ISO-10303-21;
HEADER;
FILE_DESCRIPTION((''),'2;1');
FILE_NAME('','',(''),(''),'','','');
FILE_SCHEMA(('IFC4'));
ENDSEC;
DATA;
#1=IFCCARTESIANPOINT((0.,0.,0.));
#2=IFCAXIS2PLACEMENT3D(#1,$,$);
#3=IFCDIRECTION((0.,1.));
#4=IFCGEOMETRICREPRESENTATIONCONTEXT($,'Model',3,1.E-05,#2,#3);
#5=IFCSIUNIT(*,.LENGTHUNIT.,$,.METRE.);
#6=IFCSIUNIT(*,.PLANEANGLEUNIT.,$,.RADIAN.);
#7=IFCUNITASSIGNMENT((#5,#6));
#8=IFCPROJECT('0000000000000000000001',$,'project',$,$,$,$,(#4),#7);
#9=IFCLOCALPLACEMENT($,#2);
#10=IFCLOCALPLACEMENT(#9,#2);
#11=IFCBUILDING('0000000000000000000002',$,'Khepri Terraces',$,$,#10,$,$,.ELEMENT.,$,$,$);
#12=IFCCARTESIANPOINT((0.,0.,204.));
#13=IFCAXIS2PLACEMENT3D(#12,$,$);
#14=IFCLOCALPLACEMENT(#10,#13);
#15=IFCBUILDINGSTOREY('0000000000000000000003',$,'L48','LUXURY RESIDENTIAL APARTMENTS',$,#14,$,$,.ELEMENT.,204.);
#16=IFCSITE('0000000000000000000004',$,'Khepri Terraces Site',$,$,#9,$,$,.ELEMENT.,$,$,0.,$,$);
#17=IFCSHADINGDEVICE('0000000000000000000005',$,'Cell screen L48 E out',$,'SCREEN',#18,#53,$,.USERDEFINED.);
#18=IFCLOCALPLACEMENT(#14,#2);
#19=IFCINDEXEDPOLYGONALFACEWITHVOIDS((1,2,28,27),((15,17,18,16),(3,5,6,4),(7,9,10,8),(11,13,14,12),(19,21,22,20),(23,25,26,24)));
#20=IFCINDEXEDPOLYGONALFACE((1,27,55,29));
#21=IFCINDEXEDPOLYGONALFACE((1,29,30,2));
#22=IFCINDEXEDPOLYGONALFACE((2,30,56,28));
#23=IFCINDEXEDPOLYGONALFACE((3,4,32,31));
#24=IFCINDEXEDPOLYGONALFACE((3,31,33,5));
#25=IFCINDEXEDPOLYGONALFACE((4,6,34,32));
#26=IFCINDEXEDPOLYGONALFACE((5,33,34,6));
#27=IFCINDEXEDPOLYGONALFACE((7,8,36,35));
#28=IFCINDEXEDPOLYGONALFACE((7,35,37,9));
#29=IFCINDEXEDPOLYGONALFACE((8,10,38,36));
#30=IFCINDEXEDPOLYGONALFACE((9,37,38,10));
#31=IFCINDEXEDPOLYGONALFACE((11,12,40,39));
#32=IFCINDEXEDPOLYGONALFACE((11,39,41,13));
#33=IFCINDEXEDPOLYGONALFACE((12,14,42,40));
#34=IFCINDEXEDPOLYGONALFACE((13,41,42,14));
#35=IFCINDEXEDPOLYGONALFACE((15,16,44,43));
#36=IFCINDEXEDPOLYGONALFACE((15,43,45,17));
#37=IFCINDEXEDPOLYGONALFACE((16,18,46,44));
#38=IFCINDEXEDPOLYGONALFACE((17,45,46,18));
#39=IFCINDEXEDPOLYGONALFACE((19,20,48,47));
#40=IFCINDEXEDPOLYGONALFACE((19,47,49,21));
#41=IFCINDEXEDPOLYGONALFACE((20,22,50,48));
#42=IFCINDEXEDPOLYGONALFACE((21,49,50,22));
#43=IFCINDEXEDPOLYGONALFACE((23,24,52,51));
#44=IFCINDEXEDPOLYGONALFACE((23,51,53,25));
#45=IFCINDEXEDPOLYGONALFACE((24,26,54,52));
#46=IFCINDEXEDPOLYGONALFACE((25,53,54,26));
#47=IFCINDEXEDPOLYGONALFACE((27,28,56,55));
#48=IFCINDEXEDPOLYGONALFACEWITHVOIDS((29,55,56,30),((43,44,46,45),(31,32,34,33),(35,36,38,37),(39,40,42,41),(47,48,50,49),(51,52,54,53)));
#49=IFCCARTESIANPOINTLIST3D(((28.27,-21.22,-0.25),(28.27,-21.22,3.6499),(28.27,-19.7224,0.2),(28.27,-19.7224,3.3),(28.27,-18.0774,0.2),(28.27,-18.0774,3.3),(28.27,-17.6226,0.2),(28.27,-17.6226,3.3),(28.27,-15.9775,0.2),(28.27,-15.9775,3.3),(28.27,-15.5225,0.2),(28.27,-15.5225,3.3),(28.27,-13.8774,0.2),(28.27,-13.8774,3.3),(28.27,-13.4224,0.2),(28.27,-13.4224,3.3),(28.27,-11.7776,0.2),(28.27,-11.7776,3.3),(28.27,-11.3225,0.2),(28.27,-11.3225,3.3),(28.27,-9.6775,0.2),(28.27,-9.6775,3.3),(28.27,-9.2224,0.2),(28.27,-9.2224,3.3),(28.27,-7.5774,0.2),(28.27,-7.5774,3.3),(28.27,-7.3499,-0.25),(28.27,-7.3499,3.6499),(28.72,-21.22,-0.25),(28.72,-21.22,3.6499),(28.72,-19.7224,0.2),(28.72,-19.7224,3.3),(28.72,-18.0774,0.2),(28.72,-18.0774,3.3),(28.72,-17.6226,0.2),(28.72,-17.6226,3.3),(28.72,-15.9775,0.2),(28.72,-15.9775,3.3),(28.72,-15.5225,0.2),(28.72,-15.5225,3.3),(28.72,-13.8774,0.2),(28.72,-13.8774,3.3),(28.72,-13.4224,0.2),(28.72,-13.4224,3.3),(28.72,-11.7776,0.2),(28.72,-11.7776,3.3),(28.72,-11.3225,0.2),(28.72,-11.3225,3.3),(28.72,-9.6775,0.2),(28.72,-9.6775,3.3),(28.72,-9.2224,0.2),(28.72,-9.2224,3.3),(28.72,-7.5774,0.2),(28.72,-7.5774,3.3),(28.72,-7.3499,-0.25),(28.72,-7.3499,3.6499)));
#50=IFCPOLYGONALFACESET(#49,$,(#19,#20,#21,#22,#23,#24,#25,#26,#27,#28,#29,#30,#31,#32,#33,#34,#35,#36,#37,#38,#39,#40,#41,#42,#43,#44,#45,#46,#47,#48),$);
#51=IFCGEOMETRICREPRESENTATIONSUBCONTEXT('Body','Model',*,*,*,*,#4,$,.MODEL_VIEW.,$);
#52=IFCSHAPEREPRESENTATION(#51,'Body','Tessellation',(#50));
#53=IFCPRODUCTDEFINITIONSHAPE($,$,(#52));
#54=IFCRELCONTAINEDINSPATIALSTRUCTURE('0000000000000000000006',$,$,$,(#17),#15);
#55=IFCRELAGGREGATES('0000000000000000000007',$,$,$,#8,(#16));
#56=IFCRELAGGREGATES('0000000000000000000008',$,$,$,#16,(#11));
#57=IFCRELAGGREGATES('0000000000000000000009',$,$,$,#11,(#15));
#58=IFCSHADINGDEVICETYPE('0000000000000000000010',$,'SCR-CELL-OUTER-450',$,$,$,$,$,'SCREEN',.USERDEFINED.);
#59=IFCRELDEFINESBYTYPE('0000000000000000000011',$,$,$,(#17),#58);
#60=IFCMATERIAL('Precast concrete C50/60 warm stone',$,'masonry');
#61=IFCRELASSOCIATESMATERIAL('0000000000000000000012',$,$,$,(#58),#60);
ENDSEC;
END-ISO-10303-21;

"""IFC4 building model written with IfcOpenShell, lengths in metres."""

from ifc_helpers import new_model, si_unit, direction, frame, origin, place, context, subcontext, project, spatial, polyline, outline, extrude, material, type_object, element, save


model = new_model("IFC4")

# Units and contexts
model_context = context("Model", 3, precision=1e-05, world=origin(), true_north=direction((0.0, 1.0)))
body_context = subcontext(model_context, "Body", "Model", "MODEL_VIEW")
ifc_project = project(units=[si_unit("LENGTHUNIT", "METRE"), si_unit("PLANEANGLEUNIT", "RADIAN")], contexts=[model_context])

# Site, building, storey
site_placement = place(None, origin())
site = spatial("IfcSite", under=ifc_project, at=site_placement, Name="Khepri Terraces Site", CompositionType="ELEMENT", RefElevation=0.0)
building_placement = place(site_placement, origin())
building = spatial("IfcBuilding", under=site, at=building_placement, Name="Khepri Terraces", CompositionType="ELEMENT")
storey_placement = place(building_placement, frame((0.0, 0.0, 204.0)))
storey = spatial("IfcBuildingStorey", under=building, at=storey_placement, Name="L48", Description="LUXURY RESIDENTIAL APARTMENTS", CompositionType="ELEMENT", Elevation=204.0)

# Shared definitions
ifc_material_1 = material(Name="Precast concrete C50/60 warm stone", Category="masonry")

# Shading device
shading_device_type_1 = type_object("IfcShadingDeviceType", Name="SCR-CELL-OUTER-450", ElementType="SCREEN", PredefinedType="USERDEFINED", material=ifc_material_1)
shading_device_1_placement = place(storey_placement, frame((28.27, -21.22, -0.25), z_axis=(1.0, 0.0, 0.0), x_axis=(0.0, 1.0, 0.0)))
element("IfcShadingDevice", 1, at=shading_device_1_placement, inside=storey, type_object=shading_device_type_1, Name="Cell screen L48 E out", ObjectType="SCREEN", PredefinedType="USERDEFINED", context=body_context, shape_type="SweptSolid", body=[
    extrude(outline(polyline([(0.0, 0.0), (13.8701, 0.0), (13.8701, 3.8999), (0.0, 3.8999), (0.0, 0.0)]), holes=[polyline([(1.4976, 0.45), (3.1426, 0.45), (3.1426, 3.55), (1.4976, 3.55), (1.4976, 0.45)]), polyline([(3.5974, 0.45), (5.2424, 0.45), (5.2424, 3.55), (3.5974, 3.55), (3.5974, 0.45)]), polyline([(5.6975, 0.45), (7.3425, 0.45), (7.3425, 3.55), (5.6975, 3.55), (5.6975, 0.45)]), polyline([(7.7976, 0.45), (9.4424, 0.45), (9.4424, 3.55), (7.7976, 3.55), (7.7976, 0.45)]), polyline([(9.8975, 0.45), (11.5425, 0.45), (11.5425, 3.55), (9.8975, 3.55), (9.8975, 0.45)]), polyline([(11.9976, 0.45), (13.6426, 0.45), (13.6426, 3.55), (11.9976, 3.55), (11.9976, 0.45)])]), origin(), (0.0, 0.0, 1.0), 0.45),
])

save(model, "model.ifc")
